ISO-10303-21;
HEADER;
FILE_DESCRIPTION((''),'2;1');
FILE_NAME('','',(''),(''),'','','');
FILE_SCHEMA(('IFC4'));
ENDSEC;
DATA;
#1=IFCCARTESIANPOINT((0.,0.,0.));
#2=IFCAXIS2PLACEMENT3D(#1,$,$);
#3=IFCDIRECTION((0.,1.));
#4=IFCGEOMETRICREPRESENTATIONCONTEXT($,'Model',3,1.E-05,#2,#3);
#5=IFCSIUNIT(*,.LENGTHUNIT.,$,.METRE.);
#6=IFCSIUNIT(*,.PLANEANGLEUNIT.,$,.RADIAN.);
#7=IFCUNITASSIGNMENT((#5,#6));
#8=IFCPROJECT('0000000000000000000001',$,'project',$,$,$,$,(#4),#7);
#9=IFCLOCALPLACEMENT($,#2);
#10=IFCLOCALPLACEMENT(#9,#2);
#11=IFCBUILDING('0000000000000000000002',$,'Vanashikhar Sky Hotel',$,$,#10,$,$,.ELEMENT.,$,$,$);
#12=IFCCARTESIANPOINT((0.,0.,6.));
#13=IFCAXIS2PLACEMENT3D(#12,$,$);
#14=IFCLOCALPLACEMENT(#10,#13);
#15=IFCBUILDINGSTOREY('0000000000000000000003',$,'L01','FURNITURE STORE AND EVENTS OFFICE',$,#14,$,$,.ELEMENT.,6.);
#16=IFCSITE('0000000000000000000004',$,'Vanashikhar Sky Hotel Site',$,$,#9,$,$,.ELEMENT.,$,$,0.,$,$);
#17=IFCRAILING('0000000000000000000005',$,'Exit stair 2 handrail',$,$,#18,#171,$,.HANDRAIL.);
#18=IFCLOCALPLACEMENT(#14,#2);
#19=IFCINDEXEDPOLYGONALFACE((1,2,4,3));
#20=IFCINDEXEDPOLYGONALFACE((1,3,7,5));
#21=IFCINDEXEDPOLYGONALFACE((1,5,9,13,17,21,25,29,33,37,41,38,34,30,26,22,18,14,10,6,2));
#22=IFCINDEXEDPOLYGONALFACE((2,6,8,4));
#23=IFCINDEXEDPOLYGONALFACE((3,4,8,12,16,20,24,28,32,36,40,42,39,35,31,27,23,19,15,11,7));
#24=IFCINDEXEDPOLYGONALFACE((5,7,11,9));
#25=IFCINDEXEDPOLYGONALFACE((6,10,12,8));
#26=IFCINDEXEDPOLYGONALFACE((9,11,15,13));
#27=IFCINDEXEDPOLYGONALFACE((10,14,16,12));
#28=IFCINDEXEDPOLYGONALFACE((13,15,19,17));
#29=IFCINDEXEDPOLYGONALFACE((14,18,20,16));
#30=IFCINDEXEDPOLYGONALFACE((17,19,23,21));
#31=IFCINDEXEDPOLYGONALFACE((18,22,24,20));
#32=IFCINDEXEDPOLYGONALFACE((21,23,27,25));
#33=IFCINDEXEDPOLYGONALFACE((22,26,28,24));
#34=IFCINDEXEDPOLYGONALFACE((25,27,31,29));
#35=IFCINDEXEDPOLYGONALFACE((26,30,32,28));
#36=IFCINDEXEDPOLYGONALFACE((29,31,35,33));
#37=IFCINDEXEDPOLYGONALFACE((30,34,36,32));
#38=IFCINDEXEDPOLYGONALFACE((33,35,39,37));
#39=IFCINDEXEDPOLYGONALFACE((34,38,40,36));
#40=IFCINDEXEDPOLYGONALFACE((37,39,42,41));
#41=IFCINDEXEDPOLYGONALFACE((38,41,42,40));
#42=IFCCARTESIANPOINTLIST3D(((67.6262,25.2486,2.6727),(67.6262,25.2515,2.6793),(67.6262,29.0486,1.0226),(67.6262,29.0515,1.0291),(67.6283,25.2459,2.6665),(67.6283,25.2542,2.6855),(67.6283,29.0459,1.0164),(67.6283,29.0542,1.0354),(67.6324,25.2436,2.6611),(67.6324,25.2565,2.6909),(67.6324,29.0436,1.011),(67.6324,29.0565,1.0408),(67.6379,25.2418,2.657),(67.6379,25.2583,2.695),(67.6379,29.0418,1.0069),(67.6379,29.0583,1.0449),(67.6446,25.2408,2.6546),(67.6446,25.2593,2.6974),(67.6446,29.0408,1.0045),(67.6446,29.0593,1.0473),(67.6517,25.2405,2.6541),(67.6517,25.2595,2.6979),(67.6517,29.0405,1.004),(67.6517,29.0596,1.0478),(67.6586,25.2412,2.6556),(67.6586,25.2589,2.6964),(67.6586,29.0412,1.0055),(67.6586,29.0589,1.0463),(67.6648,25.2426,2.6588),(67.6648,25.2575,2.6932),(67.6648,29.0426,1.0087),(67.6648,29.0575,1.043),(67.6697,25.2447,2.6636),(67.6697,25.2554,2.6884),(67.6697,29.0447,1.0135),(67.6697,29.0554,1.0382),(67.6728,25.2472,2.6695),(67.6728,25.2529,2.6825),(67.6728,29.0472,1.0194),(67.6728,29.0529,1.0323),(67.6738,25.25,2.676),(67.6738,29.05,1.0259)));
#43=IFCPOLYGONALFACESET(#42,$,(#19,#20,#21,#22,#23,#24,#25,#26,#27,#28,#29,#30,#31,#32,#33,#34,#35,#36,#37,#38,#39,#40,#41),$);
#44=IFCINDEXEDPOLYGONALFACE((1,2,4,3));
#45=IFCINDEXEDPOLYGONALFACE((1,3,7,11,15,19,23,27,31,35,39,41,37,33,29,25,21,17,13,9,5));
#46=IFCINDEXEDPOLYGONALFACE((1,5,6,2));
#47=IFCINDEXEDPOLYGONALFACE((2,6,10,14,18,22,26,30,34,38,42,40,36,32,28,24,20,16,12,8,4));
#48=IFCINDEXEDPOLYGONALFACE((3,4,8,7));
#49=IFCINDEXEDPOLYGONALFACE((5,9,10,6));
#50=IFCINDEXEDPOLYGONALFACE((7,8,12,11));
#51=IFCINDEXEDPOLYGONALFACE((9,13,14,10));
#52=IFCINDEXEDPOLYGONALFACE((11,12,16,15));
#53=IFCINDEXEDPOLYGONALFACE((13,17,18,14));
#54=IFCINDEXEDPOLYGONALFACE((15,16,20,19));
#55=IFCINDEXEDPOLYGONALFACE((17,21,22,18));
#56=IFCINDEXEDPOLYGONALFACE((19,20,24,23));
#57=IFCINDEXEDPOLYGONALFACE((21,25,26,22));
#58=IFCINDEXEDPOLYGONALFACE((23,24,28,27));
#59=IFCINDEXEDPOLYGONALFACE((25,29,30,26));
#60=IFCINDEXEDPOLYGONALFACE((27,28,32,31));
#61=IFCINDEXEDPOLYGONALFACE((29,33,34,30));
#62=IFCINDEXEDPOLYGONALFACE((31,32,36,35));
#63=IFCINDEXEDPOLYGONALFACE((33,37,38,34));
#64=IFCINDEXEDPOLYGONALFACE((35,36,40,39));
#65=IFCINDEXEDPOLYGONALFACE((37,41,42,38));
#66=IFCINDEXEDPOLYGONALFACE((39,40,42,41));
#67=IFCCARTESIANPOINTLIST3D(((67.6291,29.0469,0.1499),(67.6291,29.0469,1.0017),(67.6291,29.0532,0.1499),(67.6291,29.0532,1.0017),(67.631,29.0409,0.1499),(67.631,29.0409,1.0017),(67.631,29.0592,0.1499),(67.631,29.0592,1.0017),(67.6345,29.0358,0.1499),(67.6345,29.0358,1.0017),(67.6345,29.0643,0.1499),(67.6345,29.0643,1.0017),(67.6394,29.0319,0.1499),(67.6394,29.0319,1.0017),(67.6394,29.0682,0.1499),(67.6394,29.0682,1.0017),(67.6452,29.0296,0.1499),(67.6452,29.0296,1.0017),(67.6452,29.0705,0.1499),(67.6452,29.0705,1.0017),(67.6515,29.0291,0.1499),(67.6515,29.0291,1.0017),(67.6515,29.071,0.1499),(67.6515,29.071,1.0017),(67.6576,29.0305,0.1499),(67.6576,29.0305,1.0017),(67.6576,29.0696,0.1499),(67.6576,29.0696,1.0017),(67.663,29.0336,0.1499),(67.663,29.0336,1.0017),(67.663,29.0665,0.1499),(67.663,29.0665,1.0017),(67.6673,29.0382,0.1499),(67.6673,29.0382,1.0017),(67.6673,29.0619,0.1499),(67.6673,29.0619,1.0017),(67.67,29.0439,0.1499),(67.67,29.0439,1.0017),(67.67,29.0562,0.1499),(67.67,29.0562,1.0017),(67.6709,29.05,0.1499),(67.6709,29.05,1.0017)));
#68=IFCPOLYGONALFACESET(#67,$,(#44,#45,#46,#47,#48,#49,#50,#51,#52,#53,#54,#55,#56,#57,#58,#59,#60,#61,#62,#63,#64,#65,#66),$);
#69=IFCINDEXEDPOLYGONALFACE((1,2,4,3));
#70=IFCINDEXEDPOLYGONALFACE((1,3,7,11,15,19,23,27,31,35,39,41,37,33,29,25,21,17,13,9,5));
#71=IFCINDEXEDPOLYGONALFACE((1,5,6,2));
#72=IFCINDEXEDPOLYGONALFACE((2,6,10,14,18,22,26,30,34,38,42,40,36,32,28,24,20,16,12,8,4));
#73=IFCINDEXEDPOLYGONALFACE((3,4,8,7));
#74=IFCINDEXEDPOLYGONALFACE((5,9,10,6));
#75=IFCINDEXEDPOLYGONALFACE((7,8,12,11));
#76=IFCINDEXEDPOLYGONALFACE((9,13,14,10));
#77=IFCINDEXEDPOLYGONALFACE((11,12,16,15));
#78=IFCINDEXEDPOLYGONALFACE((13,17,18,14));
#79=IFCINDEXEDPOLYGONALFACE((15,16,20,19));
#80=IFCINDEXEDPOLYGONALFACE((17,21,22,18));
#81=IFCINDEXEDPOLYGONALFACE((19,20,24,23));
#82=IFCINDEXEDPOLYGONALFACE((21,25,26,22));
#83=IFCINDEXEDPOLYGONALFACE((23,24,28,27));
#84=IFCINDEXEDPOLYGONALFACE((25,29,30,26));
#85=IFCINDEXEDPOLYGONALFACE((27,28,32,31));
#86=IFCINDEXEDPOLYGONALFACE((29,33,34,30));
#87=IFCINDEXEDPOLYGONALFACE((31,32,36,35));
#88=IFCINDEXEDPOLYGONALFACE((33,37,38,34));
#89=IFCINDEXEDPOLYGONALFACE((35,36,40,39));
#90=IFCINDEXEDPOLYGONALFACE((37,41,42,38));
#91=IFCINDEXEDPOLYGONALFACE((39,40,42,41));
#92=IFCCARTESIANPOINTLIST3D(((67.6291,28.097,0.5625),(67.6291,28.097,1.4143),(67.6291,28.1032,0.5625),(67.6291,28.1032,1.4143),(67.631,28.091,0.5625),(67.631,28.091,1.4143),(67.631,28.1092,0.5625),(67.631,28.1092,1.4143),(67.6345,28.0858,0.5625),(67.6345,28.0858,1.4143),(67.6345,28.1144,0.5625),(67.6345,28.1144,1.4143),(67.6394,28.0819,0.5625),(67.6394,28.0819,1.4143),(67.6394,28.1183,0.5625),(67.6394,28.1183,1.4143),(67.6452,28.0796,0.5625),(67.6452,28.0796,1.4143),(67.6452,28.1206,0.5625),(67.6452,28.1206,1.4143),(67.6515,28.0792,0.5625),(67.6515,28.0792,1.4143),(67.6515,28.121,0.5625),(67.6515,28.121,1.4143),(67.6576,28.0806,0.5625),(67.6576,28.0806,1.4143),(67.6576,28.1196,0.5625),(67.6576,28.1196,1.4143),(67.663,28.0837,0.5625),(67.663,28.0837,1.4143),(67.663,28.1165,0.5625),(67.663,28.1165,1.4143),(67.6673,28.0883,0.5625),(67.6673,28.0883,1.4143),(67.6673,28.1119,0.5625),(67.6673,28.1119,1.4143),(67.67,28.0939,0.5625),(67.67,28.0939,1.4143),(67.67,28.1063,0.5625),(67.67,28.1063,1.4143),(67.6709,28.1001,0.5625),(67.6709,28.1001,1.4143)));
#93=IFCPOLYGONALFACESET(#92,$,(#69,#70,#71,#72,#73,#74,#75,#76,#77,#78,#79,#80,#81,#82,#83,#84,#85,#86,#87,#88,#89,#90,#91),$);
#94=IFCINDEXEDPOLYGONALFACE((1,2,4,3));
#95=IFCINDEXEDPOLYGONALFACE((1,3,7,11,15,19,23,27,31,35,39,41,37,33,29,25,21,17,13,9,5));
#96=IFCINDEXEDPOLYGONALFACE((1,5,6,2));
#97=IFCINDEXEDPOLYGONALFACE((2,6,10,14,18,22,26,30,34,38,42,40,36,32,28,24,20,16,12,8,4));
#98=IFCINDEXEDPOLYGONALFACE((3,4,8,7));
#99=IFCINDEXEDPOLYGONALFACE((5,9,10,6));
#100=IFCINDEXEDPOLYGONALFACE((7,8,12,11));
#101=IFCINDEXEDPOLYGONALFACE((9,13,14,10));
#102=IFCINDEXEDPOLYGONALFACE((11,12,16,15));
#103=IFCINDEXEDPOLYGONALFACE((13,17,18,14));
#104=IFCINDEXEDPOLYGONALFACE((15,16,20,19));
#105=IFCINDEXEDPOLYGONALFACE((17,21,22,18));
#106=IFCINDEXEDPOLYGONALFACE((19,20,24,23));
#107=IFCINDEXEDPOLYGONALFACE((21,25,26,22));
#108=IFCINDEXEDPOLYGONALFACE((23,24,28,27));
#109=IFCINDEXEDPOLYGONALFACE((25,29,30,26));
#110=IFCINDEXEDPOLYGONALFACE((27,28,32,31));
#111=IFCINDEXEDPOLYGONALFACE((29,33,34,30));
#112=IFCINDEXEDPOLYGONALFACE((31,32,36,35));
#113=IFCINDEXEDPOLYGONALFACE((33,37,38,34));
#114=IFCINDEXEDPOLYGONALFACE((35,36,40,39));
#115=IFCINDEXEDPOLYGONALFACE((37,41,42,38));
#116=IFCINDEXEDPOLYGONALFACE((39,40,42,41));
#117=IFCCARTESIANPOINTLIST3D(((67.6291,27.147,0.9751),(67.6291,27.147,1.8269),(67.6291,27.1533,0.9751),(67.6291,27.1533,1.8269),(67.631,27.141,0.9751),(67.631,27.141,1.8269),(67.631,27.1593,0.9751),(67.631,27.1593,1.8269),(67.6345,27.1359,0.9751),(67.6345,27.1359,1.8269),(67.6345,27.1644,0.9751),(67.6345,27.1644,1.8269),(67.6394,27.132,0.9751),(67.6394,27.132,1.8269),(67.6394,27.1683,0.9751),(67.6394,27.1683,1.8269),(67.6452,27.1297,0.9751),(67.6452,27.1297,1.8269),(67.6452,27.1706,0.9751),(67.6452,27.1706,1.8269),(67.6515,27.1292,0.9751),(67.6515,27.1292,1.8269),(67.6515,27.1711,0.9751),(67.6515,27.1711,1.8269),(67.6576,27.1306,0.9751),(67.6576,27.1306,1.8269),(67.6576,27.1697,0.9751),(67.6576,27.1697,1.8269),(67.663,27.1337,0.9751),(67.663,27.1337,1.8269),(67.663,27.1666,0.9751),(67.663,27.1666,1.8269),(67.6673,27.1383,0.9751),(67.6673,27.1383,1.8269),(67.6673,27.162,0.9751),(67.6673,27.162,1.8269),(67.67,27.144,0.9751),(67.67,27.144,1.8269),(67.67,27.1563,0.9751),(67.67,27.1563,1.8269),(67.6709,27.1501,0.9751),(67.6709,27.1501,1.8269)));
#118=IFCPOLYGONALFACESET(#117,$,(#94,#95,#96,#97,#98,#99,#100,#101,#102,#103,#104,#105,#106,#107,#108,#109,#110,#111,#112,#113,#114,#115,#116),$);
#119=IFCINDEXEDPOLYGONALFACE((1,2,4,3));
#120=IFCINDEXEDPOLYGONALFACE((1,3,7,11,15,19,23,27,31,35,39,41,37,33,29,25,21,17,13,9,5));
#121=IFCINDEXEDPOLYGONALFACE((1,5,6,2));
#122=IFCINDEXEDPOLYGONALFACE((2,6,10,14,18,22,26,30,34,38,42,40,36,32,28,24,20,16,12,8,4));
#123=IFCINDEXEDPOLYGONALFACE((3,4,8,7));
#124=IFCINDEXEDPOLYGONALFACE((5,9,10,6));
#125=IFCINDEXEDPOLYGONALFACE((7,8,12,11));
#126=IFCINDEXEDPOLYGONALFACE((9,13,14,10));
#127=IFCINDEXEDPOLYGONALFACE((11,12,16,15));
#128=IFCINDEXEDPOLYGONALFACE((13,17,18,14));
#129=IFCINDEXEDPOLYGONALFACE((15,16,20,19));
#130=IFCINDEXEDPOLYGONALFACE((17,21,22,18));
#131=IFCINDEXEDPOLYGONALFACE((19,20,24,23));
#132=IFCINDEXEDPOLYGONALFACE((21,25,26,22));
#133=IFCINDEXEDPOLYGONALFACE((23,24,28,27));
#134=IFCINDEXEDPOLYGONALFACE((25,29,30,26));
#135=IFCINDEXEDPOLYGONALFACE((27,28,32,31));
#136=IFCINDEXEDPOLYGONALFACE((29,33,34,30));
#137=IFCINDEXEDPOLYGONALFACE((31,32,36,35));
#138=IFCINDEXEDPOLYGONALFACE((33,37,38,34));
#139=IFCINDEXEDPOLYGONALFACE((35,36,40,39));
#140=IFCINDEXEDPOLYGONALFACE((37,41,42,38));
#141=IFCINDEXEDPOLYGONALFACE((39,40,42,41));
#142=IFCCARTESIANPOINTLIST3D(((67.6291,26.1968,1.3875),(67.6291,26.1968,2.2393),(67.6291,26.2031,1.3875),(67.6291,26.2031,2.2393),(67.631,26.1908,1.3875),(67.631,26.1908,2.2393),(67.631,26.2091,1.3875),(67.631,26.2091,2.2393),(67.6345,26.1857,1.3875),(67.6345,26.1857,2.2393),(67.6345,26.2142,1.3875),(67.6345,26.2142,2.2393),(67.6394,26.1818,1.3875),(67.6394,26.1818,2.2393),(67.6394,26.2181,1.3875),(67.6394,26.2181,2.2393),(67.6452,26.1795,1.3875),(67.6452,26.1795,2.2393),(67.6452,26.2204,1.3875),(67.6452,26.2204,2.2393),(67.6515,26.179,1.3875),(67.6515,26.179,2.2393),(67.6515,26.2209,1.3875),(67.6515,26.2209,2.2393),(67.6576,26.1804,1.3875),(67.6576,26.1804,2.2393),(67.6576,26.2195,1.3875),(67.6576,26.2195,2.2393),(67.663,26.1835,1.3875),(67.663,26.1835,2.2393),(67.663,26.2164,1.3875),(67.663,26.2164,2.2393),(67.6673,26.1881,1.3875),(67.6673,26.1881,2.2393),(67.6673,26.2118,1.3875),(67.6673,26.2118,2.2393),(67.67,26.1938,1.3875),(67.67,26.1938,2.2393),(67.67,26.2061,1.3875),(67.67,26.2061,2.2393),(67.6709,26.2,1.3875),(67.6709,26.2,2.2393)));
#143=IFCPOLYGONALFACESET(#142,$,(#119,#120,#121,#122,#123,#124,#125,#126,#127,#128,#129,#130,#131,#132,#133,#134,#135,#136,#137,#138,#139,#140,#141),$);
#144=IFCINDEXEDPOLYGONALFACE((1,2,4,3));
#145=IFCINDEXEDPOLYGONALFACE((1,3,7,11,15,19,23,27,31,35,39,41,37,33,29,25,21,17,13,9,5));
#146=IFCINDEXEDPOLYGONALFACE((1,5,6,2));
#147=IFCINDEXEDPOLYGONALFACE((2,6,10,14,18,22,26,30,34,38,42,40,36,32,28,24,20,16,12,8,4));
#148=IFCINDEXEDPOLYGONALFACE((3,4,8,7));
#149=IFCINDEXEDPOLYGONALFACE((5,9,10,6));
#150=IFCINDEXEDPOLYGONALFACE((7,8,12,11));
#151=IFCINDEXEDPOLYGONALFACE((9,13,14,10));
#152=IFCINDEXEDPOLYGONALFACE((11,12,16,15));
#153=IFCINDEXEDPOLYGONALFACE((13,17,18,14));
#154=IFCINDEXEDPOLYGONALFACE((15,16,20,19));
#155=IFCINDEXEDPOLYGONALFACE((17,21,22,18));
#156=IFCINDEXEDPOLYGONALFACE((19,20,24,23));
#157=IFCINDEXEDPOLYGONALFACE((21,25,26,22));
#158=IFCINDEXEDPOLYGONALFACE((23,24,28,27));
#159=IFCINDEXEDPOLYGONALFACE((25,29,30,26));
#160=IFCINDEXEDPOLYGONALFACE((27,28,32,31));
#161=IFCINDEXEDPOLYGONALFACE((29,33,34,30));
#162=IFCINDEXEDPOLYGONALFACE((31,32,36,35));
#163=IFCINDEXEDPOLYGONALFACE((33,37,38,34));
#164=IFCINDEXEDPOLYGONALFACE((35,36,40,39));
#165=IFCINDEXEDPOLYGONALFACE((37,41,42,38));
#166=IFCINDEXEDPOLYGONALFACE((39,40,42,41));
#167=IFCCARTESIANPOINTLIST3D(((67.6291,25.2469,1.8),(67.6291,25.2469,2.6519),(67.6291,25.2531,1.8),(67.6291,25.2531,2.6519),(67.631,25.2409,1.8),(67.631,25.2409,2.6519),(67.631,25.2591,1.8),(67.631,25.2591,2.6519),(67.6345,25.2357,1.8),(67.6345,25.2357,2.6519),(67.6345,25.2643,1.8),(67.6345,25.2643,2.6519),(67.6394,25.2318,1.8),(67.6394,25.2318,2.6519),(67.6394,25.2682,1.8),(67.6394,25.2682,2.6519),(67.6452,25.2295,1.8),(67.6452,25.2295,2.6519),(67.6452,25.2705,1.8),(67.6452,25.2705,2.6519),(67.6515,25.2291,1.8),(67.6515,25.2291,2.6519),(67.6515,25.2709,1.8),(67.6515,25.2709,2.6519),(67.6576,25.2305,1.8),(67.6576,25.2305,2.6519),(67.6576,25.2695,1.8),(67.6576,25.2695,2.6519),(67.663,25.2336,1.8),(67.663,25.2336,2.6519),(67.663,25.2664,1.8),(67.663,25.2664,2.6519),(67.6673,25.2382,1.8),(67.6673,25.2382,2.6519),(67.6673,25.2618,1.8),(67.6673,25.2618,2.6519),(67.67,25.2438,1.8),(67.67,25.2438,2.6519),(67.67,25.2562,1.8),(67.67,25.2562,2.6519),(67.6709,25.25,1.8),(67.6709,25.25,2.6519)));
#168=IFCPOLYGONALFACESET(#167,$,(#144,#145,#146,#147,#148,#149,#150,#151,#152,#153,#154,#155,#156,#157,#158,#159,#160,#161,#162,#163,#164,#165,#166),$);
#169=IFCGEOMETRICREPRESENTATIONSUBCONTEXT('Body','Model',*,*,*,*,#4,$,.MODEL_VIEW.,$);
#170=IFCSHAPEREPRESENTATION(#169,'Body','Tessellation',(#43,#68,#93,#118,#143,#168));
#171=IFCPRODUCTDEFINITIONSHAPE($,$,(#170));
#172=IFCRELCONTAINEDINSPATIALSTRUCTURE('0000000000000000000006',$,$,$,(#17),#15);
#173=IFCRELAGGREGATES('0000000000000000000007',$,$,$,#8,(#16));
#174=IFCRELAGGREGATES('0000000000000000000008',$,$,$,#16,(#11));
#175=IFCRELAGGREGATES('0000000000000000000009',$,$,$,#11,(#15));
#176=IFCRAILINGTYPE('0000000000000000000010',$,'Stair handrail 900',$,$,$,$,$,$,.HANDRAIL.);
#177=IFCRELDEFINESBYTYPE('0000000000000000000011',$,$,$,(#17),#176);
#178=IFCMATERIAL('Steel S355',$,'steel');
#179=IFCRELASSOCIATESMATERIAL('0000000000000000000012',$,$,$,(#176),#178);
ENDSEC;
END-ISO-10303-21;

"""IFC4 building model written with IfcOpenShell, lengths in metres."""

from ifc_helpers import new_model, si_unit, direction, frame, origin, origin_2d, place, context, subcontext, project, spatial, circle, extrude, source, transform, mapped, material, type_object, element, save


model = new_model("IFC4")

# Units and contexts
model_context = context("Model", 3, precision=1e-05, world=origin(), true_north=direction((0.0, 1.0)))
body_context = subcontext(model_context, "Body", "Model", "MODEL_VIEW")
ifc_project = project(units=[si_unit("LENGTHUNIT", "METRE"), si_unit("PLANEANGLEUNIT", "RADIAN")], contexts=[model_context])

# Site, building, storey
site_placement = place(None, origin())
site = spatial("IfcSite", under=ifc_project, at=site_placement, Name="Vanashikhar Sky Hotel Site", CompositionType="ELEMENT", RefElevation=0.0)
building_placement = place(site_placement, origin())
building = spatial("IfcBuilding", under=site, at=building_placement, Name="Vanashikhar Sky Hotel", CompositionType="ELEMENT")
storey_placement = place(building_placement, frame((0.0, 0.0, 6.0)))
storey = spatial("IfcBuildingStorey", under=building, at=storey_placement, Name="L01", Description="FURNITURE STORE AND EVENTS OFFICE", CompositionType="ELEMENT", Elevation=6.0)

# Railing
ifc_material_1 = material(Name="Steel S355", Category="steel")
railing_type_1 = type_object("IfcRailingType", Name="Stair handrail 900", PredefinedType="HANDRAIL", material=ifc_material_1)
shared_shape_1 = source(origin(), body_context, "Body", "SweptSolid", [
    extrude(circle(Radius=0.0239, at=origin_2d()), frame((0.0, 0.0, 0.876), z_axis=(0.0, -0.917251, 0.39831), x_axis=(1.0, 0.0, 0.0)), (0.0, 0.0, 1.0), 4.1428),
    extrude(circle(Radius=0.021, at=origin_2d()), origin(), (0.0, 0.0, 1.0), 0.8518),
    extrude(circle(Radius=0.021, at=origin_2d()), frame((0.0, -0.95, 0.4126)), (0.0, 0.0, 1.0), 0.8518),
    extrude(circle(Radius=0.021, at=origin_2d()), frame((0.0, -1.8999, 0.8252)), (0.0, 0.0, 1.0), 0.8518),
    extrude(circle(Radius=0.021, at=origin_2d()), frame((0.0, -2.8501, 1.2375)), (0.0, 0.0, 1.0), 0.8518),
    extrude(circle(Radius=0.021, at=origin_2d()), frame((0.0, -3.8, 1.6501)), (0.0, 0.0, 1.0), 0.8518),
])
for number, where, name in (
    (1, (67.6499, 29.05, 0.1499), "Exit stair 2 handrail"),
):
    element("IfcRailing", number, at=place(storey_placement, frame(where)), inside=storey, type_object=railing_type_1, Name=name, PredefinedType="HANDRAIL", context=body_context, shape_type="MappedRepresentation", body=[
        mapped(shared_shape_1, transform((0.0, 0.0, 0.0), scale=1.0)),
    ])

save(model, "model.ifc")
